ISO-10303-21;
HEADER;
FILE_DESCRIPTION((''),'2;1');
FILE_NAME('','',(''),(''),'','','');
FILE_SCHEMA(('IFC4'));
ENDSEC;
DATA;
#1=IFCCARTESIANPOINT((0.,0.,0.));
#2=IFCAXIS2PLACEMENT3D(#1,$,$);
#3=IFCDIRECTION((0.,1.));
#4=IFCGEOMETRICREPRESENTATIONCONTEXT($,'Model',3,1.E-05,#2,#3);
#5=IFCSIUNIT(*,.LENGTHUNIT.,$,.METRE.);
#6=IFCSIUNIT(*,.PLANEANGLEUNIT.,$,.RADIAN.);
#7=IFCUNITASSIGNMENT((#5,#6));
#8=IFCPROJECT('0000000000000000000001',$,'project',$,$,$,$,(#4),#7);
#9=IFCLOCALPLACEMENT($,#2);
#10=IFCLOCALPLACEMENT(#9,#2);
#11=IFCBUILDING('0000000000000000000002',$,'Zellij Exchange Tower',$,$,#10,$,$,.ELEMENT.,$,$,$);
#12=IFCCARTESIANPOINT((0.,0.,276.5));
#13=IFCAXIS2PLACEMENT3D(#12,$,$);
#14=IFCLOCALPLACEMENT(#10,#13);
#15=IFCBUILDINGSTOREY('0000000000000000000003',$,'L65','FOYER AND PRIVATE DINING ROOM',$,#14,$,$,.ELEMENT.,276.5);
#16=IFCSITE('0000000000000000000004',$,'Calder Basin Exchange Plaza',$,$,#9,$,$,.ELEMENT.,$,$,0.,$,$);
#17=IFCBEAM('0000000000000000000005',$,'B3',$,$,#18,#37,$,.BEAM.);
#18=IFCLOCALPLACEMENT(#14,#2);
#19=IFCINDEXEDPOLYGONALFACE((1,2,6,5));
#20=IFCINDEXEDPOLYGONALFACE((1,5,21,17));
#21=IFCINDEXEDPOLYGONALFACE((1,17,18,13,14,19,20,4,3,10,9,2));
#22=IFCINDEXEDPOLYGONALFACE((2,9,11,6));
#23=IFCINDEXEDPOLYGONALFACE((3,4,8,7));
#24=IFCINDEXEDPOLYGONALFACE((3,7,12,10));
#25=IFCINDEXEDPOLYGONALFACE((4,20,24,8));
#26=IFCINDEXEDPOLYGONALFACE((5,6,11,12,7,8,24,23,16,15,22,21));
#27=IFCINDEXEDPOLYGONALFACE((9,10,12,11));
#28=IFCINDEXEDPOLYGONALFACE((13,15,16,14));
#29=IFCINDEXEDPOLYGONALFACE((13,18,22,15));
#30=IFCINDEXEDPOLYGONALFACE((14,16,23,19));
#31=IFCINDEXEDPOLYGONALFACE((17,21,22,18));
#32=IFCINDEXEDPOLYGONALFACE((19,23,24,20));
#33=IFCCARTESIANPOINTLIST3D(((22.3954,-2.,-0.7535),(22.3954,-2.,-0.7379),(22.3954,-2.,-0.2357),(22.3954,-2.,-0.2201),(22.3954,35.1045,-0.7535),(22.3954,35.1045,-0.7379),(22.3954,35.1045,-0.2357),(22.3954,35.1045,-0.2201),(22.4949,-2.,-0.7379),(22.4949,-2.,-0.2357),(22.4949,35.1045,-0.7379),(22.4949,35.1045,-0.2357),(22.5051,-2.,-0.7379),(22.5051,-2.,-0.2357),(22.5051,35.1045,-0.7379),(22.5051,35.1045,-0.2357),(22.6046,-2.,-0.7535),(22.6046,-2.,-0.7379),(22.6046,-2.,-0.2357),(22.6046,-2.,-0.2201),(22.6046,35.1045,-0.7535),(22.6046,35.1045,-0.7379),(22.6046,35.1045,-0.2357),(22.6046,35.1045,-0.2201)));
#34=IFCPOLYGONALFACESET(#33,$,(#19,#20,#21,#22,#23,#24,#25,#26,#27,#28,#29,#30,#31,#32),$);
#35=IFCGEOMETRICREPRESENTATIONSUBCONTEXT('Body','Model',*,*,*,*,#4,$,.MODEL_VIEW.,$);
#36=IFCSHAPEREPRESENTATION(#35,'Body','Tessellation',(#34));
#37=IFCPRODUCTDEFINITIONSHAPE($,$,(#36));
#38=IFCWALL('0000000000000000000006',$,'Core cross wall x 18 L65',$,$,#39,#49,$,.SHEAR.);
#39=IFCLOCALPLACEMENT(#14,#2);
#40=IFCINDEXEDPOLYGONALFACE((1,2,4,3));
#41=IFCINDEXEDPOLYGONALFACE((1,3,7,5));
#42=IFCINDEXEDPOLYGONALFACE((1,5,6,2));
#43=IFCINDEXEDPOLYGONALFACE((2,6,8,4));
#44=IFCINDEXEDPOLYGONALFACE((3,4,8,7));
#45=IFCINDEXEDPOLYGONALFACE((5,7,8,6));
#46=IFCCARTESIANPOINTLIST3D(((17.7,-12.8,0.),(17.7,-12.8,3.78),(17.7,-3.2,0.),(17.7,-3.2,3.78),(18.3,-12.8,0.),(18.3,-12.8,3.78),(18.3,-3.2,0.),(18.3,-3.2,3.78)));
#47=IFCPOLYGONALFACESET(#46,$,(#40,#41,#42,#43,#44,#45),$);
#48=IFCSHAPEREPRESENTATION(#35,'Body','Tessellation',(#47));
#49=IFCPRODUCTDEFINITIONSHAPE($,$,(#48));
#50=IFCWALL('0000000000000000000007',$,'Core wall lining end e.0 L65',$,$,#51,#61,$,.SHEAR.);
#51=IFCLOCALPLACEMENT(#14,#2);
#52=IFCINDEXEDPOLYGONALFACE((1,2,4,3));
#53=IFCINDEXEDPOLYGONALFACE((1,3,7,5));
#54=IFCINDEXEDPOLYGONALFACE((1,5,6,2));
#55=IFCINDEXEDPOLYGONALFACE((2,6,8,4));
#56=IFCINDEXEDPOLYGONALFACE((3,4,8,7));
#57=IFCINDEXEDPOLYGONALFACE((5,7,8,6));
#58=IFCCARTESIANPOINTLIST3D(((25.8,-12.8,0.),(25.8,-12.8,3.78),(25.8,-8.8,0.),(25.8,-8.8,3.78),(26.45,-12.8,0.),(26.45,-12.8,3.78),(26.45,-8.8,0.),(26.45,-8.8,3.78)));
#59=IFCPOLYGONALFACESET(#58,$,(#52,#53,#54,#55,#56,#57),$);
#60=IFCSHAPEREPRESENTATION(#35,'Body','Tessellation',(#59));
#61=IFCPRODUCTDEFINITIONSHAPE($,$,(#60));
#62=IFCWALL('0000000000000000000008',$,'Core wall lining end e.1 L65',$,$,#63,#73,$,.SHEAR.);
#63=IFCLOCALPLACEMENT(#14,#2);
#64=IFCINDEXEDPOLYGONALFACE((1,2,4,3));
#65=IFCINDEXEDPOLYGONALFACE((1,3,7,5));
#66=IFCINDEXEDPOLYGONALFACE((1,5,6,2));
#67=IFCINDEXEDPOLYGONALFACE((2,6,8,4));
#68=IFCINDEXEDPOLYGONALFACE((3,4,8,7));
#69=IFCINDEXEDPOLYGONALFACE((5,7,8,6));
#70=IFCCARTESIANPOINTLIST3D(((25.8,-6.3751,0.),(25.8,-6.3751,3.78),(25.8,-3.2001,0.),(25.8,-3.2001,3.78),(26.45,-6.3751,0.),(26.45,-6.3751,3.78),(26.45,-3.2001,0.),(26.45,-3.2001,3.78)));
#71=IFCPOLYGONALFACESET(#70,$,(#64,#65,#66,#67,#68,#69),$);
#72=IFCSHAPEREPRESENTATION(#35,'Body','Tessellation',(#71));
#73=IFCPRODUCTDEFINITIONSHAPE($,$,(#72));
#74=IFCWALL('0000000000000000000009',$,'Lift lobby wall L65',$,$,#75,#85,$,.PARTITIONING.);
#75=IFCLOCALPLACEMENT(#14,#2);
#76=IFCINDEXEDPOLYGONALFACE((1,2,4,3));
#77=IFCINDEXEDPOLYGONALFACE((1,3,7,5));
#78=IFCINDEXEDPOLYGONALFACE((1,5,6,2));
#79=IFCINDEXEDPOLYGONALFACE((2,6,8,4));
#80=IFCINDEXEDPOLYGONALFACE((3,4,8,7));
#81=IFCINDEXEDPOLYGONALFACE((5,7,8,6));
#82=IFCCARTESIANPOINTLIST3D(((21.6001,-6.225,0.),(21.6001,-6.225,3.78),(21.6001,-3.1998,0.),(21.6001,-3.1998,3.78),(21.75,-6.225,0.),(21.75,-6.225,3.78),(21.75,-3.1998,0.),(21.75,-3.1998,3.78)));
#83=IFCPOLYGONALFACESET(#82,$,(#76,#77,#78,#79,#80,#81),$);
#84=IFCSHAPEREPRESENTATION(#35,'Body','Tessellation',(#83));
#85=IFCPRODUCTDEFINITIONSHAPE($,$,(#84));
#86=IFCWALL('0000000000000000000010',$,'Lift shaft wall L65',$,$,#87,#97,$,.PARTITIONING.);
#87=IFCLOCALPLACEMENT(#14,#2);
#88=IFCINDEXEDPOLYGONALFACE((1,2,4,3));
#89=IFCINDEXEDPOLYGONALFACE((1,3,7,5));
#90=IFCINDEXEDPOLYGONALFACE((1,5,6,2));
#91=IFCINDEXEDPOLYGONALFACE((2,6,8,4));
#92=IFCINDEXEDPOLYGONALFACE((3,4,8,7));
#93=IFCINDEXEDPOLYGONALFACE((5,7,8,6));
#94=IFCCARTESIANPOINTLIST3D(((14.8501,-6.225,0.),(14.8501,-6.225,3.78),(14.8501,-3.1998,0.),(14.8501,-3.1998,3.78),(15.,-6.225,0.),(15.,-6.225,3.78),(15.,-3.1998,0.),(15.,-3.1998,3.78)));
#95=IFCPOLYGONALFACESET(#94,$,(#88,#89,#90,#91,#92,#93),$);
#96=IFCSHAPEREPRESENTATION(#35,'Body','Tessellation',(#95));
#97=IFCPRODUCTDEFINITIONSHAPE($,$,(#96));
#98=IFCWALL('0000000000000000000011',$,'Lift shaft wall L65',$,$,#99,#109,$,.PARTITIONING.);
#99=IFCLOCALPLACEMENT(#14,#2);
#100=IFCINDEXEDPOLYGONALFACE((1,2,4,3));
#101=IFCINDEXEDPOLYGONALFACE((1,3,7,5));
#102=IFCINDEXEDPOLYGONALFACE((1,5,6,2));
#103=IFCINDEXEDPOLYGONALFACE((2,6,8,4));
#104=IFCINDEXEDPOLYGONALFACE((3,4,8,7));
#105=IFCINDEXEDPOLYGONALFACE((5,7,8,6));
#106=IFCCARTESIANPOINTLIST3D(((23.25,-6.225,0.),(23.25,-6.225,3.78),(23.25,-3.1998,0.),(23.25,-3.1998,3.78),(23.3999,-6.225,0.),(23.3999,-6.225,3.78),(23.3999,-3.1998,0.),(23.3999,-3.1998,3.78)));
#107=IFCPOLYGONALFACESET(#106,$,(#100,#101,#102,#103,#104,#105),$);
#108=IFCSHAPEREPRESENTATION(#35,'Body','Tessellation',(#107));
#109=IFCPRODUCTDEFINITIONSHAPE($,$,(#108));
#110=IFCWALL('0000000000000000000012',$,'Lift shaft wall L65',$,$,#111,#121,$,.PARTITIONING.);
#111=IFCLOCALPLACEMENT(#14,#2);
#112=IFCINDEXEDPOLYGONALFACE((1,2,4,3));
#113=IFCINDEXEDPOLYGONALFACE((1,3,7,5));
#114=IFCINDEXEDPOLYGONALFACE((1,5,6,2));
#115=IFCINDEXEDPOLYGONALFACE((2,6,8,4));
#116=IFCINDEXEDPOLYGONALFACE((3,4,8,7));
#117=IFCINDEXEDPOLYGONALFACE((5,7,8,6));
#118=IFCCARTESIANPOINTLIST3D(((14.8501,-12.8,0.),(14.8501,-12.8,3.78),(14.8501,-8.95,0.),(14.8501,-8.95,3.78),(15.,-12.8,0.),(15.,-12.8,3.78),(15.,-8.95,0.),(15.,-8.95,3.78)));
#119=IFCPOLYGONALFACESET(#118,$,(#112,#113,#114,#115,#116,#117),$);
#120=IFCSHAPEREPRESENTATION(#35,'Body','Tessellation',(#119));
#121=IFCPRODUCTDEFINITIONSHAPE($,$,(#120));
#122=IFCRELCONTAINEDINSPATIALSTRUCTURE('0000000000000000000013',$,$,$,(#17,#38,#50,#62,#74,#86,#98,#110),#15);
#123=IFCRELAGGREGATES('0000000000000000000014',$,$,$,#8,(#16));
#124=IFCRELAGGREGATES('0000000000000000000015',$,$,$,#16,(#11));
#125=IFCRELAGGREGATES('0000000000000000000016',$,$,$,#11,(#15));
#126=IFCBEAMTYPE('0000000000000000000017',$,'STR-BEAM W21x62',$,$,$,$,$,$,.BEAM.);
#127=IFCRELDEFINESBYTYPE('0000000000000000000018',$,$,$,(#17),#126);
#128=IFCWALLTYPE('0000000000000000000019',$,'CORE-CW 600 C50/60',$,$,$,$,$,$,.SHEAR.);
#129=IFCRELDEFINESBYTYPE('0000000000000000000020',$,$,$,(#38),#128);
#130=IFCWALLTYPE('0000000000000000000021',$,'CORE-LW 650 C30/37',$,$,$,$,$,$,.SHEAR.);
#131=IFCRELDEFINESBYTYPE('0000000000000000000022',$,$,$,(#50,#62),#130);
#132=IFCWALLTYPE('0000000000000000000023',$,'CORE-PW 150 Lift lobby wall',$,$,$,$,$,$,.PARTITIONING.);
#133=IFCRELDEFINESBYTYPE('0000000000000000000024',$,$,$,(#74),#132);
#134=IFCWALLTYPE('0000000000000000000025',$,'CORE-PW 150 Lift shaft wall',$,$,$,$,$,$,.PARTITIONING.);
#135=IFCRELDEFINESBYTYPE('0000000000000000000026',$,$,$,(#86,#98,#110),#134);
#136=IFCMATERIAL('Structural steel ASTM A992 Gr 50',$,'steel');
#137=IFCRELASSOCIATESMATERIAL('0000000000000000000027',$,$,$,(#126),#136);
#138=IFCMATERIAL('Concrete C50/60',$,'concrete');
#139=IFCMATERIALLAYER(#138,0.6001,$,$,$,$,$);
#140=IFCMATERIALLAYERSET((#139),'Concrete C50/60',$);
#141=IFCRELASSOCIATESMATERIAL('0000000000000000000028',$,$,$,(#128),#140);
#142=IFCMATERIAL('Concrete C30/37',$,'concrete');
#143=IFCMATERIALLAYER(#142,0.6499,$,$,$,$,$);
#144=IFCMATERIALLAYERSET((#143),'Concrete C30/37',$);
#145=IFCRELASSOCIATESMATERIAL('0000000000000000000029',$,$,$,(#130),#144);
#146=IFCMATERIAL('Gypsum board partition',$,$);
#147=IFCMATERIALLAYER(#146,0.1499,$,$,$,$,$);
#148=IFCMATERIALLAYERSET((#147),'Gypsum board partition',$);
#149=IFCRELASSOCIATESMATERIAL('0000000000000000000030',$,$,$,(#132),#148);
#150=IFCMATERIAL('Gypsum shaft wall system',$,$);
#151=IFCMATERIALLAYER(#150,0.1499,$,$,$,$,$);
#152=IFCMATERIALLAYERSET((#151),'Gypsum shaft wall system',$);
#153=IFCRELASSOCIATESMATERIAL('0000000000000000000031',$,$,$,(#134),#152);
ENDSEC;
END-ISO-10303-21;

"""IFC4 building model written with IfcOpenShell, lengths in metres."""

from ifc_helpers import new_model, si_unit, direction, frame, frame_2d, origin, origin_2d, place, context, subcontext, project, spatial, rectangle, i_section, extrude, material, layer, layer_set, material_profile, profile_set, type_object, element, save


model = new_model("IFC4")

# Units and contexts
model_context = context("Model", 3, precision=1e-05, world=origin(), true_north=direction((0.0, 1.0)))
body_context = subcontext(model_context, "Body", "Model", "MODEL_VIEW")
ifc_project = project(units=[si_unit("LENGTHUNIT", "METRE"), si_unit("PLANEANGLEUNIT", "RADIAN")], contexts=[model_context])

# Site, building, storey
site_placement = place(None, origin())
site = spatial("IfcSite", under=ifc_project, at=site_placement, Name="Calder Basin Exchange Plaza", CompositionType="ELEMENT", RefElevation=0.0)
building_placement = place(site_placement, origin())
building = spatial("IfcBuilding", under=site, at=building_placement, Name="Zellij Exchange Tower", CompositionType="ELEMENT")
storey_placement = place(building_placement, frame((0.0, 0.0, 276.5)))
storey = spatial("IfcBuildingStorey", under=building, at=storey_placement, Name="L65", Description="FOYER AND PRIVATE DINING ROOM", CompositionType="ELEMENT", Elevation=276.5)

# Beam
ifc_material_1 = material(Name="Structural steel ASTM A992 Gr 50", Category="steel")
ifc_material_profile = material_profile(ifc_material_1, i_section(OverallWidth=0.2092, OverallDepth=0.5334, WebThickness=0.0103, FlangeThickness=0.0156, at=origin_2d()), Name="W21x62")
ifc_profile_set = profile_set([ifc_material_profile], Name="Structural steel ASTM A992 Gr 50")
beam_type = type_object("IfcBeamType", Name="STR-BEAM W21x62", PredefinedType="BEAM", material=ifc_profile_set)
beam_placement = place(storey_placement, frame((22.5, -2.0, -0.4868), z_axis=(0.0, 1.0, 0.0), x_axis=(-1.0, 0.0, 0.0)))
element("IfcBeam", 1, at=beam_placement, inside=storey, type_object=beam_type, Name="B3", PredefinedType="BEAM", context=body_context, shape_type="SweptSolid", body=[
    extrude(i_section(OverallWidth=0.2092, OverallDepth=0.5334, WebThickness=0.0103, FlangeThickness=0.0156, at=origin_2d()), origin(), (0.0, 0.0, 1.0), 37.1045),
])

# Walls
ifc_material_2 = material(Name="Concrete C50/60", Category="concrete")
ifc_layer_1 = layer(ifc_material_2, 0.6001)
ifc_layer_set_1 = layer_set([ifc_layer_1], Name="Concrete C50/60")
wall_type_1 = type_object("IfcWallType", Name="CORE-CW 600 C50/60", PredefinedType="SHEAR", material=ifc_layer_set_1)
wall_1_placement = place(storey_placement, frame((18.0, -12.8, 0.0), z_axis=(0.0, 0.0, 1.0), x_axis=(0.0, 1.0, 0.0)))
element("IfcWall", 2, at=wall_1_placement, inside=storey, type_object=wall_type_1, Name="Core cross wall x 18 L65", PredefinedType="SHEAR", context=body_context, shape_type="SweptSolid", body=[
    extrude(rectangle(XDim=9.6001, YDim=0.6001, at=frame_2d((4.8, 0.0))), origin(), (0.0, 0.0, 1.0), 3.78),
])
ifc_material_3 = material(Name="Concrete C30/37", Category="concrete")
ifc_layer_2 = layer(ifc_material_3, 0.6499)
ifc_layer_set_2 = layer_set([ifc_layer_2], Name="Concrete C30/37")
wall_type_2 = type_object("IfcWallType", Name="CORE-LW 650 C30/37", PredefinedType="SHEAR", material=ifc_layer_set_2)
wall_2_placement = place(storey_placement, frame((26.125, -12.8, 0.0), z_axis=(0.0, 0.0, 1.0), x_axis=(0.0, 1.0, 0.0)))
element("IfcWall", 3, at=wall_2_placement, inside=storey, type_object=wall_type_2, Name="Core wall lining end e.0 L65", PredefinedType="SHEAR", context=body_context, shape_type="SweptSolid", body=[
    extrude(rectangle(XDim=4.0, YDim=0.6499, at=frame_2d((2.0, 0.0))), origin(), (0.0, 0.0, 1.0), 3.78),
])
wall_3_placement = place(storey_placement, frame((26.125, -6.375, 0.0), z_axis=(0.0, 0.0, 1.0), x_axis=(0.0, 1.0, 0.0)))
element("IfcWall", 4, at=wall_3_placement, inside=storey, type_object=wall_type_2, Name="Core wall lining end e.1 L65", PredefinedType="SHEAR", context=body_context, shape_type="SweptSolid", body=[
    extrude(rectangle(XDim=3.175, YDim=0.6499, at=frame_2d((1.5874, 0.0))), origin(), (0.0, 0.0, 1.0), 3.78),
])
ifc_material_4 = material(Name="Gypsum board partition")
ifc_layer_3 = layer(ifc_material_4, 0.1499)
ifc_layer_set_3 = layer_set([ifc_layer_3], Name="Gypsum board partition")
wall_type_3 = type_object("IfcWallType", Name="CORE-PW 150 Lift lobby wall", PredefinedType="PARTITIONING", material=ifc_layer_set_3)
wall_4_placement = place(storey_placement, frame((21.675, -6.2251, 0.0), z_axis=(0.0, 0.0, 1.0), x_axis=(0.0, 1.0, 0.0)))
element("IfcWall", 5, at=wall_4_placement, inside=storey, type_object=wall_type_3, Name="Lift lobby wall L65", PredefinedType="PARTITIONING", context=body_context, shape_type="SweptSolid", body=[
    extrude(rectangle(XDim=3.0251, YDim=0.1499, at=frame_2d((1.5127, 0.0))), origin(), (0.0, 0.0, 1.0), 3.78),
])
ifc_material_5 = material(Name="Gypsum shaft wall system")
ifc_layer_4 = layer(ifc_material_5, 0.1499)
ifc_layer_set_4 = layer_set([ifc_layer_4], Name="Gypsum shaft wall system")
wall_type_4 = type_object("IfcWallType", Name="CORE-PW 150 Lift shaft wall", PredefinedType="PARTITIONING", material=ifc_layer_set_4)
for number, where, z_axis, x_axis, name in (
    (6, (14.925, -6.2251, 0.0), (0.0, 0.0, 1.0), (0.0, 1.0, 0.0), "Lift shaft wall L65"),
    (7, (23.325, -6.2251, 0.0), (0.0, 0.0, 1.0), (0.0, 1.0, 0.0), "Lift shaft wall L65"),
):
    element("IfcWall", number, at=place(storey_placement, frame(where, z_axis=z_axis, x_axis=x_axis)), inside=storey, type_object=wall_type_4, Name=name, PredefinedType="PARTITIONING", context=body_context, shape_type="SweptSolid", body=[
        extrude(rectangle(XDim=3.0251, YDim=0.1499, at=frame_2d((1.5127, 0.0))), origin(), (0.0, 0.0, 1.0), 3.78),
    ])
wall_5_placement = place(storey_placement, frame((14.925, -12.8, 0.0), z_axis=(0.0, 0.0, 1.0), x_axis=(0.0, 1.0, 0.0)))
element("IfcWall", 8, at=wall_5_placement, inside=storey, type_object=wall_type_4, Name="Lift shaft wall L65", PredefinedType="PARTITIONING", context=body_context, shape_type="SweptSolid", body=[
    extrude(rectangle(XDim=3.8501, YDim=0.1499, at=frame_2d((1.925, 0.0))), origin(), (0.0, 0.0, 1.0), 3.78),
])

save(model, "model.ifc")
